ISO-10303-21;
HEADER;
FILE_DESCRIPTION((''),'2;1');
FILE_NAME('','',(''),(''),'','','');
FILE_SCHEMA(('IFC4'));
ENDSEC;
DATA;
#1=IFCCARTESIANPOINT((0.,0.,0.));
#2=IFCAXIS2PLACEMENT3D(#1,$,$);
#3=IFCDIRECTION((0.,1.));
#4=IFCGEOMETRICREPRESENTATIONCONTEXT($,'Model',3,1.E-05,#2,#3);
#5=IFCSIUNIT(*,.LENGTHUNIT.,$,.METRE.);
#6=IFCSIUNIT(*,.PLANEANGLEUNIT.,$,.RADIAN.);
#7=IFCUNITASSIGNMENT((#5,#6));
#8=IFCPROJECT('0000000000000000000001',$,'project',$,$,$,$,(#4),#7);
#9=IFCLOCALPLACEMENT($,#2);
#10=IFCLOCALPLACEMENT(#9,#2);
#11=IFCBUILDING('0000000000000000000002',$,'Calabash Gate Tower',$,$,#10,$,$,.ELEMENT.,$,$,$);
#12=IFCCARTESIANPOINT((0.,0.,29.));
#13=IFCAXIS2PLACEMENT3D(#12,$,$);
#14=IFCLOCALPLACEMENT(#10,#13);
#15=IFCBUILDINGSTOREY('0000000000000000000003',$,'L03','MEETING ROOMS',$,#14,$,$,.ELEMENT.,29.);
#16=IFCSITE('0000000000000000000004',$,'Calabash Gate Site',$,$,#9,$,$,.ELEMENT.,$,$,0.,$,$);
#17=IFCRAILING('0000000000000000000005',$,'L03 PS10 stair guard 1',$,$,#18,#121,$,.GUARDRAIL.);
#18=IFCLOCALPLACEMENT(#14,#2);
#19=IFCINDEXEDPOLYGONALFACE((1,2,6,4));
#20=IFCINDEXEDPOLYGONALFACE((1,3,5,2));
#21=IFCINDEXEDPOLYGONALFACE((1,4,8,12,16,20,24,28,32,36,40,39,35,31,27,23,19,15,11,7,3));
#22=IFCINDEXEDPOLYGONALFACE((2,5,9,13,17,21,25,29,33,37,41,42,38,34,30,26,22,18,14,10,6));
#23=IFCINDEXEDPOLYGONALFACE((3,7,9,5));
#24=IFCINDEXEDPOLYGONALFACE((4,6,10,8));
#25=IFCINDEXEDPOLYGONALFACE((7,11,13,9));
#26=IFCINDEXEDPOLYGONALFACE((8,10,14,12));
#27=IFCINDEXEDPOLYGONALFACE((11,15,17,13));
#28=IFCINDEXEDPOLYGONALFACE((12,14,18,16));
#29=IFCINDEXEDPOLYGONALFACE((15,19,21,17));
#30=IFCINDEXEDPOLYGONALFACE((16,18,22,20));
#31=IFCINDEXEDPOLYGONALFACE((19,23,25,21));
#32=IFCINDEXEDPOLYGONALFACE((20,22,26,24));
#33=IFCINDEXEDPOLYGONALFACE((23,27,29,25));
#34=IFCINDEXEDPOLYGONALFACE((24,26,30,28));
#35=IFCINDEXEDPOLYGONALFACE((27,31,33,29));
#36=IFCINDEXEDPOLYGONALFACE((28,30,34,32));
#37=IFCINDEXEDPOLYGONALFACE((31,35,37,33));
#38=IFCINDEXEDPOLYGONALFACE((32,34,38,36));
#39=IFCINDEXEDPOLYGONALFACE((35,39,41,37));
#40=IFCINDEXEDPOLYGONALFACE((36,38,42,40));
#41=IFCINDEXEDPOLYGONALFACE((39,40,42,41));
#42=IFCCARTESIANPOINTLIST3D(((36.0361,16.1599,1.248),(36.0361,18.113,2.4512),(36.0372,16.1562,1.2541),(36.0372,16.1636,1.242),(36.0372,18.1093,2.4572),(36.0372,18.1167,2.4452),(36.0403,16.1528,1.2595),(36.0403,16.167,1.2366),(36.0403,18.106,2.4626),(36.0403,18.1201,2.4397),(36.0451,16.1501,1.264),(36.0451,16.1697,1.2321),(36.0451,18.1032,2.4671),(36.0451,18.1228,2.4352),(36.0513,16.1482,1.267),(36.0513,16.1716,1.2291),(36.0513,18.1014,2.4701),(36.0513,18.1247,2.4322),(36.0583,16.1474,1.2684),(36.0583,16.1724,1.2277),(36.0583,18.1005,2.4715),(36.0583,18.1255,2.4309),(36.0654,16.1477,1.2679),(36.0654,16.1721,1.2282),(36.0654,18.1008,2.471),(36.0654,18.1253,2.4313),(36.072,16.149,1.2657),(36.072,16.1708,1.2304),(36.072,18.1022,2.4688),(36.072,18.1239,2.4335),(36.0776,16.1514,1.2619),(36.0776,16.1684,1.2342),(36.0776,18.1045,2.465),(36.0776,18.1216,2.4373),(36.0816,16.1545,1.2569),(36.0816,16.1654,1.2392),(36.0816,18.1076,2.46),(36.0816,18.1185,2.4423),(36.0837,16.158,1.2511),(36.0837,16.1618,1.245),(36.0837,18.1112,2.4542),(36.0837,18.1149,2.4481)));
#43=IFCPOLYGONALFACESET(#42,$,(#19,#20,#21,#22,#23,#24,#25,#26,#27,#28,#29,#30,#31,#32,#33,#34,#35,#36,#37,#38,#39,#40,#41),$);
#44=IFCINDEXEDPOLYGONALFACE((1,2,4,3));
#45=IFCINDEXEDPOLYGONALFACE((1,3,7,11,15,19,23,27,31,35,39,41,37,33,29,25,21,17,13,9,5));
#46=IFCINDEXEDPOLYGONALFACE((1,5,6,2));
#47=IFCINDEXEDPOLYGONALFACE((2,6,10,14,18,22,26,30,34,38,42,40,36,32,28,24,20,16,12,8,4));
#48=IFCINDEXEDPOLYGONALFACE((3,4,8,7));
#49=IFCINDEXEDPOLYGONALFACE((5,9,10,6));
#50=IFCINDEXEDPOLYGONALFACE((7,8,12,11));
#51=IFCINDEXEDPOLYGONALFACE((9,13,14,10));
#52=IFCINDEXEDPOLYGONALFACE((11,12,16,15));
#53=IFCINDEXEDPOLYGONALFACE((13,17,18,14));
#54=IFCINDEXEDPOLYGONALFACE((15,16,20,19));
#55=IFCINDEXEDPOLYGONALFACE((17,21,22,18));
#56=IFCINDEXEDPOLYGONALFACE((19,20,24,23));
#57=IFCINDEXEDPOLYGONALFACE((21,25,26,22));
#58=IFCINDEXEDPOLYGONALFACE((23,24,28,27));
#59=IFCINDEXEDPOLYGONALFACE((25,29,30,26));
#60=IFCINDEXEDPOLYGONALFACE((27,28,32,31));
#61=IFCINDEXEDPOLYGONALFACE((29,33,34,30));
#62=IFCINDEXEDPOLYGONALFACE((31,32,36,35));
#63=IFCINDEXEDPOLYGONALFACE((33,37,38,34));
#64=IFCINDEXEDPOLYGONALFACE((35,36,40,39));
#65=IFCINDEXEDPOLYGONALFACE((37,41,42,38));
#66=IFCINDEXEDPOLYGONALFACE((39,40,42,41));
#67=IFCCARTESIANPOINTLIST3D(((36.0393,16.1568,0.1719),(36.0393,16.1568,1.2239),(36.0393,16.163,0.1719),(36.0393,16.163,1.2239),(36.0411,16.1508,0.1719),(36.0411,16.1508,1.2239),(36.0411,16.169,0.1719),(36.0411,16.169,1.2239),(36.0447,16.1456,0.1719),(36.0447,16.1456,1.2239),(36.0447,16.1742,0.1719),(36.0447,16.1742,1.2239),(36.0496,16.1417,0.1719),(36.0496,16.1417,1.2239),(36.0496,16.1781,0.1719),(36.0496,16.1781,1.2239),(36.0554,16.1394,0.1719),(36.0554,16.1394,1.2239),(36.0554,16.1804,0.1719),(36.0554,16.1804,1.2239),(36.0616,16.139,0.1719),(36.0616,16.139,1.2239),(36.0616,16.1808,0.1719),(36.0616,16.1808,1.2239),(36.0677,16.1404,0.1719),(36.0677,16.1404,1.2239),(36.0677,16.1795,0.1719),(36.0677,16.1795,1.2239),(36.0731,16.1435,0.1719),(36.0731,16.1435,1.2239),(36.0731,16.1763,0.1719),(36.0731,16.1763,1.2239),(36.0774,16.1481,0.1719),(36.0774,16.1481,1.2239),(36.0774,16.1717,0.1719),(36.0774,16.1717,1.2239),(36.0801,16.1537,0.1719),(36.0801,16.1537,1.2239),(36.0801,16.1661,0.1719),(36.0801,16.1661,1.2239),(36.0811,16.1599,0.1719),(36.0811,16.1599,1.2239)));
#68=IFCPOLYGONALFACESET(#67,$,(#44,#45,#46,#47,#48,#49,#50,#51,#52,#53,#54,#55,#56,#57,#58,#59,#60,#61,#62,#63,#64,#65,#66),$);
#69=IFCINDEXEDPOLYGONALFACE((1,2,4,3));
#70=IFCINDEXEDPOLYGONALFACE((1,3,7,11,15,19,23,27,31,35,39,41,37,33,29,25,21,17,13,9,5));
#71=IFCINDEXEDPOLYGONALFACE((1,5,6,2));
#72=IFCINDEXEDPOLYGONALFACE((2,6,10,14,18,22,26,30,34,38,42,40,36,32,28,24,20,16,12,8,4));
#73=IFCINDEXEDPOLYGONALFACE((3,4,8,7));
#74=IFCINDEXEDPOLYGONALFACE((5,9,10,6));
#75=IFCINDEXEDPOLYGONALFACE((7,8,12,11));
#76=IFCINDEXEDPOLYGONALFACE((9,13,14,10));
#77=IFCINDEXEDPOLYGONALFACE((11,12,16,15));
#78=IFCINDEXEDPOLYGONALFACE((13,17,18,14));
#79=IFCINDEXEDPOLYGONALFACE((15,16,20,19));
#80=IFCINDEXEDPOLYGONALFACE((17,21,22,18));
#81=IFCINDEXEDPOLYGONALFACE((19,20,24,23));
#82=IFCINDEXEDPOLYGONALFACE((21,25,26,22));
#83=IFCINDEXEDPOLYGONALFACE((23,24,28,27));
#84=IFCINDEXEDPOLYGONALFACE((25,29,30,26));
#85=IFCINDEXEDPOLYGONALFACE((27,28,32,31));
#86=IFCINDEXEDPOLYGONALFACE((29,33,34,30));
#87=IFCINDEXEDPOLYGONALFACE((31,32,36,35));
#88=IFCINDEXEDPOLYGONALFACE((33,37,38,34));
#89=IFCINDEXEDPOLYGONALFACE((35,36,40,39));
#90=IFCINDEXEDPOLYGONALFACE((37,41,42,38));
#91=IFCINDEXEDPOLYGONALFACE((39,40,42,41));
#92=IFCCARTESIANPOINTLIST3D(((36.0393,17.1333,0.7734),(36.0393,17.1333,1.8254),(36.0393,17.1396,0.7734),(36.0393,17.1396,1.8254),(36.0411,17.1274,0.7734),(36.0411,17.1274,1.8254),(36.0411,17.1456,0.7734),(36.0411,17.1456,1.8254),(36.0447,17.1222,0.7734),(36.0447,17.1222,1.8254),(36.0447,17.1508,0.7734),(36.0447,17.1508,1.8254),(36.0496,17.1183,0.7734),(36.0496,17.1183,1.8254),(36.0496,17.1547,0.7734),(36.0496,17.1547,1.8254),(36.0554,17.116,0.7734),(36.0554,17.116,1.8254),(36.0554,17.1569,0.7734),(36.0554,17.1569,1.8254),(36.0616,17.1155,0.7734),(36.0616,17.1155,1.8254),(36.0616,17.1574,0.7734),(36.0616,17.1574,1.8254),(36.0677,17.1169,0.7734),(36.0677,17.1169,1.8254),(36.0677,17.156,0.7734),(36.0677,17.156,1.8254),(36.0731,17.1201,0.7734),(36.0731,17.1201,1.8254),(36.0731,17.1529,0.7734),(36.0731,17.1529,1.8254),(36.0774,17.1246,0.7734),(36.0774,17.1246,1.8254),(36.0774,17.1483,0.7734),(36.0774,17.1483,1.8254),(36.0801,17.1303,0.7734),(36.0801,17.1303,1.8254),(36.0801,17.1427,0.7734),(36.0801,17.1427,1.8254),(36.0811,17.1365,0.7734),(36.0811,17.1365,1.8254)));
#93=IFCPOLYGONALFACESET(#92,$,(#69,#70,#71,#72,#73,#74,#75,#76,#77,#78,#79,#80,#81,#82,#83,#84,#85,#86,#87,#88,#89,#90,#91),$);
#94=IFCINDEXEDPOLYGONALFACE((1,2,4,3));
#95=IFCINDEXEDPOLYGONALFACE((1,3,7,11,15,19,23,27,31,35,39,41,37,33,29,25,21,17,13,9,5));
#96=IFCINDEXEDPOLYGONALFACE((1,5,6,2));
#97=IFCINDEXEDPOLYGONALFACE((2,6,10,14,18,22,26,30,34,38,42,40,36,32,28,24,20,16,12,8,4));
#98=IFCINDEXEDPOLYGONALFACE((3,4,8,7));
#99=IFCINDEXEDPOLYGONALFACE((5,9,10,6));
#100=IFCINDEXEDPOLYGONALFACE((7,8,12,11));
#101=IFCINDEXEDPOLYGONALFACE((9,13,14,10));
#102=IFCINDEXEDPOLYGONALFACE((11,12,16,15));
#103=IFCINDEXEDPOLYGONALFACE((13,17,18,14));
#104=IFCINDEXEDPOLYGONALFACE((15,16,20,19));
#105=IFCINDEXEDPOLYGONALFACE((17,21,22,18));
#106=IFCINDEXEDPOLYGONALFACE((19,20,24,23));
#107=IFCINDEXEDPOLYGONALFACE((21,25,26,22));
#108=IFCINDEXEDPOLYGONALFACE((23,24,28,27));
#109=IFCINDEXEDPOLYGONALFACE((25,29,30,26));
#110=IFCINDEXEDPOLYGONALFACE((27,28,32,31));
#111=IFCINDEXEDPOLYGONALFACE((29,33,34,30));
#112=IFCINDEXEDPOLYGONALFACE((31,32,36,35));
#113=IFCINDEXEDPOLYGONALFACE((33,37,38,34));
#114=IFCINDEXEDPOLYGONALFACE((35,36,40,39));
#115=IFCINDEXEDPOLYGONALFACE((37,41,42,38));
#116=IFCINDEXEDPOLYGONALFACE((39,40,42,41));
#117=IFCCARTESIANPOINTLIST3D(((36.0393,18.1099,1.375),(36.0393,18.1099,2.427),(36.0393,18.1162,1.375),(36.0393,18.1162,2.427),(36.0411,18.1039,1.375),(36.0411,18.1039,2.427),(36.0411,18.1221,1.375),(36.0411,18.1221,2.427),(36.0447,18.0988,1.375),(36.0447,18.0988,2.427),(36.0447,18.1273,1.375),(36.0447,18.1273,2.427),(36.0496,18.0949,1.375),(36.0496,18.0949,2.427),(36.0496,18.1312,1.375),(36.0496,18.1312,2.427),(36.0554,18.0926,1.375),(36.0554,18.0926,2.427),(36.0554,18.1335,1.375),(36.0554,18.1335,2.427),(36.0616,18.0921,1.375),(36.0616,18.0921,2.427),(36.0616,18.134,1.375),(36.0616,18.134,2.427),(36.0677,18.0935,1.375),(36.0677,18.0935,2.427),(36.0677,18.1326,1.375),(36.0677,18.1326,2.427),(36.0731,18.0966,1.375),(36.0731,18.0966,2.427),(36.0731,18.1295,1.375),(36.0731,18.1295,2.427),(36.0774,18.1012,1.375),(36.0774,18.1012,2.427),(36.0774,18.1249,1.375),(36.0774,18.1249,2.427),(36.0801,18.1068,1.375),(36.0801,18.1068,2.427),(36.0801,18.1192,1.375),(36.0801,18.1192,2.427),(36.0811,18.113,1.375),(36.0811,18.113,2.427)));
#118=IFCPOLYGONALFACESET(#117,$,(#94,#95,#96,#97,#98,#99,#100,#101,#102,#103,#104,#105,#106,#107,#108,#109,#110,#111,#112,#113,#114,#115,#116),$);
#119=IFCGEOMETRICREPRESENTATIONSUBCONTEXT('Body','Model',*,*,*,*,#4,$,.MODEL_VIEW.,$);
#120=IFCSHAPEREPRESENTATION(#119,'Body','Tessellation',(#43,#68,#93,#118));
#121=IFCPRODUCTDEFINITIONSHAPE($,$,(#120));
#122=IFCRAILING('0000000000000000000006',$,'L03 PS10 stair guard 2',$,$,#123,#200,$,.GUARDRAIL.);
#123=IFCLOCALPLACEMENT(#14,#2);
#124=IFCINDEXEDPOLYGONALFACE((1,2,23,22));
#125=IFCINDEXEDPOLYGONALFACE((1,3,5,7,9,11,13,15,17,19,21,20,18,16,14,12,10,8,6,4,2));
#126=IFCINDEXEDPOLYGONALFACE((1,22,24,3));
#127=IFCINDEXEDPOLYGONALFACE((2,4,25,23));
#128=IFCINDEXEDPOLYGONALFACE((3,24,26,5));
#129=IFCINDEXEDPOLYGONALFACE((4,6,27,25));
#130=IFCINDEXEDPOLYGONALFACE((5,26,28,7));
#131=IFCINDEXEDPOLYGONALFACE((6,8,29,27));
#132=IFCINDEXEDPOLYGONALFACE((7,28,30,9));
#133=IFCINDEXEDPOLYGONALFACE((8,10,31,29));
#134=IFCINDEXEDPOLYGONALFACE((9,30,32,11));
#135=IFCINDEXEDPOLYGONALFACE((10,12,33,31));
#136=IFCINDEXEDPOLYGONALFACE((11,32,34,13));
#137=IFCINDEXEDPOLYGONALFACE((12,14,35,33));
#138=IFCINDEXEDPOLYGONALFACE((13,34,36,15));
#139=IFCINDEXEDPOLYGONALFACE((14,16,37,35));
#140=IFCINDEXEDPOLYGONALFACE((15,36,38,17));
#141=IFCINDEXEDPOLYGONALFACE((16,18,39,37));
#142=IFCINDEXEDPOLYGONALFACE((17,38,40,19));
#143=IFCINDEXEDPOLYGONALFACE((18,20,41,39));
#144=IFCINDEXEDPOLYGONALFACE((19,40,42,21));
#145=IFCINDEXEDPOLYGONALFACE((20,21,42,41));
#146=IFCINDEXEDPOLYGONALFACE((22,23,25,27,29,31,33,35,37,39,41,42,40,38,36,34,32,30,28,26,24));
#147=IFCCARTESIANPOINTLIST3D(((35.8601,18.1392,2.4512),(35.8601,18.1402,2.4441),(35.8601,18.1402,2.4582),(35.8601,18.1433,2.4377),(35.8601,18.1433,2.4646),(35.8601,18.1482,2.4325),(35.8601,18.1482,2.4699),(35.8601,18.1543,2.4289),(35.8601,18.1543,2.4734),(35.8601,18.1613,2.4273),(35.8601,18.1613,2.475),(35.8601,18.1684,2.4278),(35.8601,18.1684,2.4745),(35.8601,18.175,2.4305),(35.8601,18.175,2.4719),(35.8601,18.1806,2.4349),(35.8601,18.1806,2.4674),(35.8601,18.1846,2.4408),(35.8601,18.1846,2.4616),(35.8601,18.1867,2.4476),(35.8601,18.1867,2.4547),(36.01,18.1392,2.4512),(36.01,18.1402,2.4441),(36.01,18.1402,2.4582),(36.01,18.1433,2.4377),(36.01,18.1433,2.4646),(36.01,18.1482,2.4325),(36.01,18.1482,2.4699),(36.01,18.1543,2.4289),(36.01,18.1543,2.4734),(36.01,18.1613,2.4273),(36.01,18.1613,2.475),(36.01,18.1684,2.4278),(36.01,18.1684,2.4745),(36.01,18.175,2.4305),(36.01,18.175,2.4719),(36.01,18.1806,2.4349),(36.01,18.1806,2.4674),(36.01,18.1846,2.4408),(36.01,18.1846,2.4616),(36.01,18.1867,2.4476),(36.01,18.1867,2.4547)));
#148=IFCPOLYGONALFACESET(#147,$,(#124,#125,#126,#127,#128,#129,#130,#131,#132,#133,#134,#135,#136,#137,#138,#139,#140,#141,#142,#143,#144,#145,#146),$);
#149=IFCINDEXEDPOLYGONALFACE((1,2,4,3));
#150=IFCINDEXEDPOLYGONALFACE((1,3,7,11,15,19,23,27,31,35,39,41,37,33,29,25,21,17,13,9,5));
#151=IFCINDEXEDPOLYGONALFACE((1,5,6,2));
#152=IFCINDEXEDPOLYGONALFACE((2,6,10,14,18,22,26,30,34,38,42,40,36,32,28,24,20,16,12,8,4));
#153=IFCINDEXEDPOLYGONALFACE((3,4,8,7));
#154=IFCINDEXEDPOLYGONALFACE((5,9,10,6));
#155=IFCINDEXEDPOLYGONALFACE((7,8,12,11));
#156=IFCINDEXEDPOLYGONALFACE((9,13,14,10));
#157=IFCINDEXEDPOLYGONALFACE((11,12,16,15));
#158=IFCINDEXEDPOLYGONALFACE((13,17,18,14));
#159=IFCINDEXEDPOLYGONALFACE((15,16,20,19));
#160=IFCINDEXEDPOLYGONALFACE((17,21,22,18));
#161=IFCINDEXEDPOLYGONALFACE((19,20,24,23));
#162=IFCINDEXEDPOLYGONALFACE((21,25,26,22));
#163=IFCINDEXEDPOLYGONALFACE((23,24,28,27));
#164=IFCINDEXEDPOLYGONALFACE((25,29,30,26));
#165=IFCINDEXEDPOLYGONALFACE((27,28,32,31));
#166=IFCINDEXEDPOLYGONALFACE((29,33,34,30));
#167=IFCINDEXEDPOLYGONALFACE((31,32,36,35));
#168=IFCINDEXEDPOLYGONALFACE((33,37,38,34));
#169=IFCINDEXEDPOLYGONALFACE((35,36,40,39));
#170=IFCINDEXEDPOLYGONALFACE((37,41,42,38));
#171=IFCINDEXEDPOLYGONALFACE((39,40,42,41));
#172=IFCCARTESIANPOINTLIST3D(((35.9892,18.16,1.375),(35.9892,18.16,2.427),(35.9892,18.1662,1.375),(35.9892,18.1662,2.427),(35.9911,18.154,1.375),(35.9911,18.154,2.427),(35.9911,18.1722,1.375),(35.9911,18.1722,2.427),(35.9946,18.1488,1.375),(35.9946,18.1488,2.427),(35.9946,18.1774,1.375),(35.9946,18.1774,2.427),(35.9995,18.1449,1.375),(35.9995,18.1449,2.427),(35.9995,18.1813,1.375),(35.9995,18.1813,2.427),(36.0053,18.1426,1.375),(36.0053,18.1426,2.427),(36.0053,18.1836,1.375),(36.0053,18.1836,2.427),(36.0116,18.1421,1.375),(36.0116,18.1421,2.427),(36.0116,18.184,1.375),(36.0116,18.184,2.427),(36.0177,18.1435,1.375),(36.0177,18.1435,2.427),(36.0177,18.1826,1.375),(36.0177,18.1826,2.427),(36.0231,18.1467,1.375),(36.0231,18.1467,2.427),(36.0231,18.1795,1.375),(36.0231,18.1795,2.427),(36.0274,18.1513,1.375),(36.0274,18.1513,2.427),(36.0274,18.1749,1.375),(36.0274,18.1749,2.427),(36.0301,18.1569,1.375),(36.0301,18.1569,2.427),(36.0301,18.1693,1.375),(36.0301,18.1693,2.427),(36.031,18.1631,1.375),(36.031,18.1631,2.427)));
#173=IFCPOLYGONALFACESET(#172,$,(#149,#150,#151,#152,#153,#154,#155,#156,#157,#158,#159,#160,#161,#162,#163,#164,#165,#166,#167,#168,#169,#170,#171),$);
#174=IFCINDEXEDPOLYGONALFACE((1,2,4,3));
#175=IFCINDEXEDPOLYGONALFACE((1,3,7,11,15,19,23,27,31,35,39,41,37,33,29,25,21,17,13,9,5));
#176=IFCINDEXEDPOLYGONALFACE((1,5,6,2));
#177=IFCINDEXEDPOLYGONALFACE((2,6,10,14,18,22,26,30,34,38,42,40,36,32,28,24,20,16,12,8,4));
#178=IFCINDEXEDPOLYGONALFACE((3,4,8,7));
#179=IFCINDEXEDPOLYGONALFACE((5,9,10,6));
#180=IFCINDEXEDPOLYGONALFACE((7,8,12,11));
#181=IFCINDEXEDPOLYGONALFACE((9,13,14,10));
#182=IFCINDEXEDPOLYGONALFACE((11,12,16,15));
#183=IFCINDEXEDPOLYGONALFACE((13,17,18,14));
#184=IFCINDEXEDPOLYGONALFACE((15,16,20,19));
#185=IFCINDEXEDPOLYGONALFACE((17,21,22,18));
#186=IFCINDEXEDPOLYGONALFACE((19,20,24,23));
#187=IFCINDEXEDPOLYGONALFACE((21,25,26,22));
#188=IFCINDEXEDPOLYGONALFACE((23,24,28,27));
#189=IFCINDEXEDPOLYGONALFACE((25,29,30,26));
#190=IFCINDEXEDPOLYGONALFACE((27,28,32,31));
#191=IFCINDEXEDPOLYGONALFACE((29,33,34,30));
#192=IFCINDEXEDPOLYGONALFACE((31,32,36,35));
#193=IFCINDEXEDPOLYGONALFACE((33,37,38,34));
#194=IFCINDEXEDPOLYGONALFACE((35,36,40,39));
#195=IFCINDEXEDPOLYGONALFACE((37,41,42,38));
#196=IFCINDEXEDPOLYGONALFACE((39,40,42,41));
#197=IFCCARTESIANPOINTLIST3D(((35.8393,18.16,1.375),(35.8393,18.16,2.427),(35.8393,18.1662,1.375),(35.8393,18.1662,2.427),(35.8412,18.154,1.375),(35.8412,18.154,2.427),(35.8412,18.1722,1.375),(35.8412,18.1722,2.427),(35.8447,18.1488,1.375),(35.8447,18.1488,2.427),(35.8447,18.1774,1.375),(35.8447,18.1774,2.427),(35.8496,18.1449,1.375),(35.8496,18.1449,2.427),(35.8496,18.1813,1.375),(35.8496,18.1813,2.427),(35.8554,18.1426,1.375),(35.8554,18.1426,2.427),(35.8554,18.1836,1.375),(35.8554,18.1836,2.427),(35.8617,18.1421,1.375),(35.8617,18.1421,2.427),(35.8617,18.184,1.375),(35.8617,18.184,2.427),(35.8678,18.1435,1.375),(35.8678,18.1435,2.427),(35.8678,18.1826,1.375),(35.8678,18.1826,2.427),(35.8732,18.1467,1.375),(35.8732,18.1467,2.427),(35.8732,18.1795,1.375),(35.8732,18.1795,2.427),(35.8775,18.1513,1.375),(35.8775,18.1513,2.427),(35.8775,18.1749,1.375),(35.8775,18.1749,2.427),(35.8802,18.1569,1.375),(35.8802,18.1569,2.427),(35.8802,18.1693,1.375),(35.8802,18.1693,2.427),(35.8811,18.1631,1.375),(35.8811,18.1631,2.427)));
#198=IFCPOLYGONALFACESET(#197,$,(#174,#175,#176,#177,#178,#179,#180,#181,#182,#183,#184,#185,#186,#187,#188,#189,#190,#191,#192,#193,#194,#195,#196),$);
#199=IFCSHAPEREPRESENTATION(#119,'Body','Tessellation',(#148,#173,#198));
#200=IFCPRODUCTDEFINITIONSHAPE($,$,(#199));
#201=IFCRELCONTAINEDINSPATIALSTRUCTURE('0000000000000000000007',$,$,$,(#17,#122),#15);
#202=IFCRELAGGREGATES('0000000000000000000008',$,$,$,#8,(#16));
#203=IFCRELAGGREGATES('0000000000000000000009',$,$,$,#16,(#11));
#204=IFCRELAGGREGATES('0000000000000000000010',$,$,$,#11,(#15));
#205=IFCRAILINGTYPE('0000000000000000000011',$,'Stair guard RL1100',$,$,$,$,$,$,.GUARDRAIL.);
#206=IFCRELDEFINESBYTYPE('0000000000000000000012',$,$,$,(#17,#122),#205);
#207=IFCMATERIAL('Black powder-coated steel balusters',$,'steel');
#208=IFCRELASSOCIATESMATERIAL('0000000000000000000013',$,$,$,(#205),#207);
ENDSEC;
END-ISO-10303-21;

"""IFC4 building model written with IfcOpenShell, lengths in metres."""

from ifc_helpers import new_model, si_unit, direction, frame, origin, origin_2d, place, context, subcontext, project, spatial, circle, extrude, material, type_object, element, save


model = new_model("IFC4")

# Units and contexts
model_context = context("Model", 3, precision=1e-05, world=origin(), true_north=direction((0.0, 1.0)))
body_context = subcontext(model_context, "Body", "Model", "MODEL_VIEW")
ifc_project = project(units=[si_unit("LENGTHUNIT", "METRE"), si_unit("PLANEANGLEUNIT", "RADIAN")], contexts=[model_context])

# Site, building, storey
site_placement = place(None, origin())
site = spatial("IfcSite", under=ifc_project, at=site_placement, Name="Calabash Gate Site", CompositionType="ELEMENT", RefElevation=0.0)
building_placement = place(site_placement, origin())
building = spatial("IfcBuilding", under=site, at=building_placement, Name="Calabash Gate Tower", CompositionType="ELEMENT")
storey_placement = place(building_placement, frame((0.0, 0.0, 29.0)))
storey = spatial("IfcBuildingStorey", under=building, at=storey_placement, Name="L03", Description="MEETING ROOMS", CompositionType="ELEMENT", Elevation=29.0)

# Railings
ifc_material_1 = material(Name="Black powder-coated steel balusters", Category="steel")
railing_type_1 = type_object("IfcRailingType", Name="Stair guard RL1100", PredefinedType="GUARDRAIL", material=ifc_material_1)
railing_1_placement = place(storey_placement, frame((36.0601, 16.1599, 0.1719)))
element("IfcRailing", 1, at=railing_1_placement, inside=storey, type_object=railing_type_1, Name="L03 PS10 stair guard 1", PredefinedType="GUARDRAIL", context=body_context, shape_type="SweptSolid", body=[
    extrude(circle(Radius=0.0239, at=origin_2d()), frame((0.0, 0.0, 1.0762), z_axis=(0.0, 0.851424, 0.524477), x_axis=(-1.0, 0.0, 0.0)), (0.0, 0.0, 1.0), 2.2939),
    extrude(circle(Radius=0.021, at=origin_2d()), origin(), (0.0, 0.0, 1.0), 1.052),
    extrude(circle(Radius=0.021, at=origin_2d()), frame((0.0, 0.9766, 0.6016)), (0.0, 0.0, 1.0), 1.052),
    extrude(circle(Radius=0.021, at=origin_2d()), frame((0.0, 1.9531, 1.2031)), (0.0, 0.0, 1.0), 1.052),
])
railing_2_placement = place(storey_placement, frame((36.01, 18.1631, 1.375)))
element("IfcRailing", 2, at=railing_2_placement, inside=storey, type_object=railing_type_1, Name="L03 PS10 stair guard 2", PredefinedType="GUARDRAIL", context=body_context, shape_type="SweptSolid", body=[
    extrude(circle(Radius=0.0239, at=origin_2d()), frame((0.0, 0.0, 1.0762), z_axis=(-1.0, 0.0, 0.0), x_axis=(0.0, -1.0, 0.0)), (0.0, 0.0, 1.0), 0.1499),
    extrude(circle(Radius=0.021, at=origin_2d()), origin(), (0.0, 0.0, 1.0), 1.052),
    extrude(circle(Radius=0.021, at=origin_2d()), frame((-0.1499, 0.0, 0.0)), (0.0, 0.0, 1.0), 1.052),
])

save(model, "model.ifc")
